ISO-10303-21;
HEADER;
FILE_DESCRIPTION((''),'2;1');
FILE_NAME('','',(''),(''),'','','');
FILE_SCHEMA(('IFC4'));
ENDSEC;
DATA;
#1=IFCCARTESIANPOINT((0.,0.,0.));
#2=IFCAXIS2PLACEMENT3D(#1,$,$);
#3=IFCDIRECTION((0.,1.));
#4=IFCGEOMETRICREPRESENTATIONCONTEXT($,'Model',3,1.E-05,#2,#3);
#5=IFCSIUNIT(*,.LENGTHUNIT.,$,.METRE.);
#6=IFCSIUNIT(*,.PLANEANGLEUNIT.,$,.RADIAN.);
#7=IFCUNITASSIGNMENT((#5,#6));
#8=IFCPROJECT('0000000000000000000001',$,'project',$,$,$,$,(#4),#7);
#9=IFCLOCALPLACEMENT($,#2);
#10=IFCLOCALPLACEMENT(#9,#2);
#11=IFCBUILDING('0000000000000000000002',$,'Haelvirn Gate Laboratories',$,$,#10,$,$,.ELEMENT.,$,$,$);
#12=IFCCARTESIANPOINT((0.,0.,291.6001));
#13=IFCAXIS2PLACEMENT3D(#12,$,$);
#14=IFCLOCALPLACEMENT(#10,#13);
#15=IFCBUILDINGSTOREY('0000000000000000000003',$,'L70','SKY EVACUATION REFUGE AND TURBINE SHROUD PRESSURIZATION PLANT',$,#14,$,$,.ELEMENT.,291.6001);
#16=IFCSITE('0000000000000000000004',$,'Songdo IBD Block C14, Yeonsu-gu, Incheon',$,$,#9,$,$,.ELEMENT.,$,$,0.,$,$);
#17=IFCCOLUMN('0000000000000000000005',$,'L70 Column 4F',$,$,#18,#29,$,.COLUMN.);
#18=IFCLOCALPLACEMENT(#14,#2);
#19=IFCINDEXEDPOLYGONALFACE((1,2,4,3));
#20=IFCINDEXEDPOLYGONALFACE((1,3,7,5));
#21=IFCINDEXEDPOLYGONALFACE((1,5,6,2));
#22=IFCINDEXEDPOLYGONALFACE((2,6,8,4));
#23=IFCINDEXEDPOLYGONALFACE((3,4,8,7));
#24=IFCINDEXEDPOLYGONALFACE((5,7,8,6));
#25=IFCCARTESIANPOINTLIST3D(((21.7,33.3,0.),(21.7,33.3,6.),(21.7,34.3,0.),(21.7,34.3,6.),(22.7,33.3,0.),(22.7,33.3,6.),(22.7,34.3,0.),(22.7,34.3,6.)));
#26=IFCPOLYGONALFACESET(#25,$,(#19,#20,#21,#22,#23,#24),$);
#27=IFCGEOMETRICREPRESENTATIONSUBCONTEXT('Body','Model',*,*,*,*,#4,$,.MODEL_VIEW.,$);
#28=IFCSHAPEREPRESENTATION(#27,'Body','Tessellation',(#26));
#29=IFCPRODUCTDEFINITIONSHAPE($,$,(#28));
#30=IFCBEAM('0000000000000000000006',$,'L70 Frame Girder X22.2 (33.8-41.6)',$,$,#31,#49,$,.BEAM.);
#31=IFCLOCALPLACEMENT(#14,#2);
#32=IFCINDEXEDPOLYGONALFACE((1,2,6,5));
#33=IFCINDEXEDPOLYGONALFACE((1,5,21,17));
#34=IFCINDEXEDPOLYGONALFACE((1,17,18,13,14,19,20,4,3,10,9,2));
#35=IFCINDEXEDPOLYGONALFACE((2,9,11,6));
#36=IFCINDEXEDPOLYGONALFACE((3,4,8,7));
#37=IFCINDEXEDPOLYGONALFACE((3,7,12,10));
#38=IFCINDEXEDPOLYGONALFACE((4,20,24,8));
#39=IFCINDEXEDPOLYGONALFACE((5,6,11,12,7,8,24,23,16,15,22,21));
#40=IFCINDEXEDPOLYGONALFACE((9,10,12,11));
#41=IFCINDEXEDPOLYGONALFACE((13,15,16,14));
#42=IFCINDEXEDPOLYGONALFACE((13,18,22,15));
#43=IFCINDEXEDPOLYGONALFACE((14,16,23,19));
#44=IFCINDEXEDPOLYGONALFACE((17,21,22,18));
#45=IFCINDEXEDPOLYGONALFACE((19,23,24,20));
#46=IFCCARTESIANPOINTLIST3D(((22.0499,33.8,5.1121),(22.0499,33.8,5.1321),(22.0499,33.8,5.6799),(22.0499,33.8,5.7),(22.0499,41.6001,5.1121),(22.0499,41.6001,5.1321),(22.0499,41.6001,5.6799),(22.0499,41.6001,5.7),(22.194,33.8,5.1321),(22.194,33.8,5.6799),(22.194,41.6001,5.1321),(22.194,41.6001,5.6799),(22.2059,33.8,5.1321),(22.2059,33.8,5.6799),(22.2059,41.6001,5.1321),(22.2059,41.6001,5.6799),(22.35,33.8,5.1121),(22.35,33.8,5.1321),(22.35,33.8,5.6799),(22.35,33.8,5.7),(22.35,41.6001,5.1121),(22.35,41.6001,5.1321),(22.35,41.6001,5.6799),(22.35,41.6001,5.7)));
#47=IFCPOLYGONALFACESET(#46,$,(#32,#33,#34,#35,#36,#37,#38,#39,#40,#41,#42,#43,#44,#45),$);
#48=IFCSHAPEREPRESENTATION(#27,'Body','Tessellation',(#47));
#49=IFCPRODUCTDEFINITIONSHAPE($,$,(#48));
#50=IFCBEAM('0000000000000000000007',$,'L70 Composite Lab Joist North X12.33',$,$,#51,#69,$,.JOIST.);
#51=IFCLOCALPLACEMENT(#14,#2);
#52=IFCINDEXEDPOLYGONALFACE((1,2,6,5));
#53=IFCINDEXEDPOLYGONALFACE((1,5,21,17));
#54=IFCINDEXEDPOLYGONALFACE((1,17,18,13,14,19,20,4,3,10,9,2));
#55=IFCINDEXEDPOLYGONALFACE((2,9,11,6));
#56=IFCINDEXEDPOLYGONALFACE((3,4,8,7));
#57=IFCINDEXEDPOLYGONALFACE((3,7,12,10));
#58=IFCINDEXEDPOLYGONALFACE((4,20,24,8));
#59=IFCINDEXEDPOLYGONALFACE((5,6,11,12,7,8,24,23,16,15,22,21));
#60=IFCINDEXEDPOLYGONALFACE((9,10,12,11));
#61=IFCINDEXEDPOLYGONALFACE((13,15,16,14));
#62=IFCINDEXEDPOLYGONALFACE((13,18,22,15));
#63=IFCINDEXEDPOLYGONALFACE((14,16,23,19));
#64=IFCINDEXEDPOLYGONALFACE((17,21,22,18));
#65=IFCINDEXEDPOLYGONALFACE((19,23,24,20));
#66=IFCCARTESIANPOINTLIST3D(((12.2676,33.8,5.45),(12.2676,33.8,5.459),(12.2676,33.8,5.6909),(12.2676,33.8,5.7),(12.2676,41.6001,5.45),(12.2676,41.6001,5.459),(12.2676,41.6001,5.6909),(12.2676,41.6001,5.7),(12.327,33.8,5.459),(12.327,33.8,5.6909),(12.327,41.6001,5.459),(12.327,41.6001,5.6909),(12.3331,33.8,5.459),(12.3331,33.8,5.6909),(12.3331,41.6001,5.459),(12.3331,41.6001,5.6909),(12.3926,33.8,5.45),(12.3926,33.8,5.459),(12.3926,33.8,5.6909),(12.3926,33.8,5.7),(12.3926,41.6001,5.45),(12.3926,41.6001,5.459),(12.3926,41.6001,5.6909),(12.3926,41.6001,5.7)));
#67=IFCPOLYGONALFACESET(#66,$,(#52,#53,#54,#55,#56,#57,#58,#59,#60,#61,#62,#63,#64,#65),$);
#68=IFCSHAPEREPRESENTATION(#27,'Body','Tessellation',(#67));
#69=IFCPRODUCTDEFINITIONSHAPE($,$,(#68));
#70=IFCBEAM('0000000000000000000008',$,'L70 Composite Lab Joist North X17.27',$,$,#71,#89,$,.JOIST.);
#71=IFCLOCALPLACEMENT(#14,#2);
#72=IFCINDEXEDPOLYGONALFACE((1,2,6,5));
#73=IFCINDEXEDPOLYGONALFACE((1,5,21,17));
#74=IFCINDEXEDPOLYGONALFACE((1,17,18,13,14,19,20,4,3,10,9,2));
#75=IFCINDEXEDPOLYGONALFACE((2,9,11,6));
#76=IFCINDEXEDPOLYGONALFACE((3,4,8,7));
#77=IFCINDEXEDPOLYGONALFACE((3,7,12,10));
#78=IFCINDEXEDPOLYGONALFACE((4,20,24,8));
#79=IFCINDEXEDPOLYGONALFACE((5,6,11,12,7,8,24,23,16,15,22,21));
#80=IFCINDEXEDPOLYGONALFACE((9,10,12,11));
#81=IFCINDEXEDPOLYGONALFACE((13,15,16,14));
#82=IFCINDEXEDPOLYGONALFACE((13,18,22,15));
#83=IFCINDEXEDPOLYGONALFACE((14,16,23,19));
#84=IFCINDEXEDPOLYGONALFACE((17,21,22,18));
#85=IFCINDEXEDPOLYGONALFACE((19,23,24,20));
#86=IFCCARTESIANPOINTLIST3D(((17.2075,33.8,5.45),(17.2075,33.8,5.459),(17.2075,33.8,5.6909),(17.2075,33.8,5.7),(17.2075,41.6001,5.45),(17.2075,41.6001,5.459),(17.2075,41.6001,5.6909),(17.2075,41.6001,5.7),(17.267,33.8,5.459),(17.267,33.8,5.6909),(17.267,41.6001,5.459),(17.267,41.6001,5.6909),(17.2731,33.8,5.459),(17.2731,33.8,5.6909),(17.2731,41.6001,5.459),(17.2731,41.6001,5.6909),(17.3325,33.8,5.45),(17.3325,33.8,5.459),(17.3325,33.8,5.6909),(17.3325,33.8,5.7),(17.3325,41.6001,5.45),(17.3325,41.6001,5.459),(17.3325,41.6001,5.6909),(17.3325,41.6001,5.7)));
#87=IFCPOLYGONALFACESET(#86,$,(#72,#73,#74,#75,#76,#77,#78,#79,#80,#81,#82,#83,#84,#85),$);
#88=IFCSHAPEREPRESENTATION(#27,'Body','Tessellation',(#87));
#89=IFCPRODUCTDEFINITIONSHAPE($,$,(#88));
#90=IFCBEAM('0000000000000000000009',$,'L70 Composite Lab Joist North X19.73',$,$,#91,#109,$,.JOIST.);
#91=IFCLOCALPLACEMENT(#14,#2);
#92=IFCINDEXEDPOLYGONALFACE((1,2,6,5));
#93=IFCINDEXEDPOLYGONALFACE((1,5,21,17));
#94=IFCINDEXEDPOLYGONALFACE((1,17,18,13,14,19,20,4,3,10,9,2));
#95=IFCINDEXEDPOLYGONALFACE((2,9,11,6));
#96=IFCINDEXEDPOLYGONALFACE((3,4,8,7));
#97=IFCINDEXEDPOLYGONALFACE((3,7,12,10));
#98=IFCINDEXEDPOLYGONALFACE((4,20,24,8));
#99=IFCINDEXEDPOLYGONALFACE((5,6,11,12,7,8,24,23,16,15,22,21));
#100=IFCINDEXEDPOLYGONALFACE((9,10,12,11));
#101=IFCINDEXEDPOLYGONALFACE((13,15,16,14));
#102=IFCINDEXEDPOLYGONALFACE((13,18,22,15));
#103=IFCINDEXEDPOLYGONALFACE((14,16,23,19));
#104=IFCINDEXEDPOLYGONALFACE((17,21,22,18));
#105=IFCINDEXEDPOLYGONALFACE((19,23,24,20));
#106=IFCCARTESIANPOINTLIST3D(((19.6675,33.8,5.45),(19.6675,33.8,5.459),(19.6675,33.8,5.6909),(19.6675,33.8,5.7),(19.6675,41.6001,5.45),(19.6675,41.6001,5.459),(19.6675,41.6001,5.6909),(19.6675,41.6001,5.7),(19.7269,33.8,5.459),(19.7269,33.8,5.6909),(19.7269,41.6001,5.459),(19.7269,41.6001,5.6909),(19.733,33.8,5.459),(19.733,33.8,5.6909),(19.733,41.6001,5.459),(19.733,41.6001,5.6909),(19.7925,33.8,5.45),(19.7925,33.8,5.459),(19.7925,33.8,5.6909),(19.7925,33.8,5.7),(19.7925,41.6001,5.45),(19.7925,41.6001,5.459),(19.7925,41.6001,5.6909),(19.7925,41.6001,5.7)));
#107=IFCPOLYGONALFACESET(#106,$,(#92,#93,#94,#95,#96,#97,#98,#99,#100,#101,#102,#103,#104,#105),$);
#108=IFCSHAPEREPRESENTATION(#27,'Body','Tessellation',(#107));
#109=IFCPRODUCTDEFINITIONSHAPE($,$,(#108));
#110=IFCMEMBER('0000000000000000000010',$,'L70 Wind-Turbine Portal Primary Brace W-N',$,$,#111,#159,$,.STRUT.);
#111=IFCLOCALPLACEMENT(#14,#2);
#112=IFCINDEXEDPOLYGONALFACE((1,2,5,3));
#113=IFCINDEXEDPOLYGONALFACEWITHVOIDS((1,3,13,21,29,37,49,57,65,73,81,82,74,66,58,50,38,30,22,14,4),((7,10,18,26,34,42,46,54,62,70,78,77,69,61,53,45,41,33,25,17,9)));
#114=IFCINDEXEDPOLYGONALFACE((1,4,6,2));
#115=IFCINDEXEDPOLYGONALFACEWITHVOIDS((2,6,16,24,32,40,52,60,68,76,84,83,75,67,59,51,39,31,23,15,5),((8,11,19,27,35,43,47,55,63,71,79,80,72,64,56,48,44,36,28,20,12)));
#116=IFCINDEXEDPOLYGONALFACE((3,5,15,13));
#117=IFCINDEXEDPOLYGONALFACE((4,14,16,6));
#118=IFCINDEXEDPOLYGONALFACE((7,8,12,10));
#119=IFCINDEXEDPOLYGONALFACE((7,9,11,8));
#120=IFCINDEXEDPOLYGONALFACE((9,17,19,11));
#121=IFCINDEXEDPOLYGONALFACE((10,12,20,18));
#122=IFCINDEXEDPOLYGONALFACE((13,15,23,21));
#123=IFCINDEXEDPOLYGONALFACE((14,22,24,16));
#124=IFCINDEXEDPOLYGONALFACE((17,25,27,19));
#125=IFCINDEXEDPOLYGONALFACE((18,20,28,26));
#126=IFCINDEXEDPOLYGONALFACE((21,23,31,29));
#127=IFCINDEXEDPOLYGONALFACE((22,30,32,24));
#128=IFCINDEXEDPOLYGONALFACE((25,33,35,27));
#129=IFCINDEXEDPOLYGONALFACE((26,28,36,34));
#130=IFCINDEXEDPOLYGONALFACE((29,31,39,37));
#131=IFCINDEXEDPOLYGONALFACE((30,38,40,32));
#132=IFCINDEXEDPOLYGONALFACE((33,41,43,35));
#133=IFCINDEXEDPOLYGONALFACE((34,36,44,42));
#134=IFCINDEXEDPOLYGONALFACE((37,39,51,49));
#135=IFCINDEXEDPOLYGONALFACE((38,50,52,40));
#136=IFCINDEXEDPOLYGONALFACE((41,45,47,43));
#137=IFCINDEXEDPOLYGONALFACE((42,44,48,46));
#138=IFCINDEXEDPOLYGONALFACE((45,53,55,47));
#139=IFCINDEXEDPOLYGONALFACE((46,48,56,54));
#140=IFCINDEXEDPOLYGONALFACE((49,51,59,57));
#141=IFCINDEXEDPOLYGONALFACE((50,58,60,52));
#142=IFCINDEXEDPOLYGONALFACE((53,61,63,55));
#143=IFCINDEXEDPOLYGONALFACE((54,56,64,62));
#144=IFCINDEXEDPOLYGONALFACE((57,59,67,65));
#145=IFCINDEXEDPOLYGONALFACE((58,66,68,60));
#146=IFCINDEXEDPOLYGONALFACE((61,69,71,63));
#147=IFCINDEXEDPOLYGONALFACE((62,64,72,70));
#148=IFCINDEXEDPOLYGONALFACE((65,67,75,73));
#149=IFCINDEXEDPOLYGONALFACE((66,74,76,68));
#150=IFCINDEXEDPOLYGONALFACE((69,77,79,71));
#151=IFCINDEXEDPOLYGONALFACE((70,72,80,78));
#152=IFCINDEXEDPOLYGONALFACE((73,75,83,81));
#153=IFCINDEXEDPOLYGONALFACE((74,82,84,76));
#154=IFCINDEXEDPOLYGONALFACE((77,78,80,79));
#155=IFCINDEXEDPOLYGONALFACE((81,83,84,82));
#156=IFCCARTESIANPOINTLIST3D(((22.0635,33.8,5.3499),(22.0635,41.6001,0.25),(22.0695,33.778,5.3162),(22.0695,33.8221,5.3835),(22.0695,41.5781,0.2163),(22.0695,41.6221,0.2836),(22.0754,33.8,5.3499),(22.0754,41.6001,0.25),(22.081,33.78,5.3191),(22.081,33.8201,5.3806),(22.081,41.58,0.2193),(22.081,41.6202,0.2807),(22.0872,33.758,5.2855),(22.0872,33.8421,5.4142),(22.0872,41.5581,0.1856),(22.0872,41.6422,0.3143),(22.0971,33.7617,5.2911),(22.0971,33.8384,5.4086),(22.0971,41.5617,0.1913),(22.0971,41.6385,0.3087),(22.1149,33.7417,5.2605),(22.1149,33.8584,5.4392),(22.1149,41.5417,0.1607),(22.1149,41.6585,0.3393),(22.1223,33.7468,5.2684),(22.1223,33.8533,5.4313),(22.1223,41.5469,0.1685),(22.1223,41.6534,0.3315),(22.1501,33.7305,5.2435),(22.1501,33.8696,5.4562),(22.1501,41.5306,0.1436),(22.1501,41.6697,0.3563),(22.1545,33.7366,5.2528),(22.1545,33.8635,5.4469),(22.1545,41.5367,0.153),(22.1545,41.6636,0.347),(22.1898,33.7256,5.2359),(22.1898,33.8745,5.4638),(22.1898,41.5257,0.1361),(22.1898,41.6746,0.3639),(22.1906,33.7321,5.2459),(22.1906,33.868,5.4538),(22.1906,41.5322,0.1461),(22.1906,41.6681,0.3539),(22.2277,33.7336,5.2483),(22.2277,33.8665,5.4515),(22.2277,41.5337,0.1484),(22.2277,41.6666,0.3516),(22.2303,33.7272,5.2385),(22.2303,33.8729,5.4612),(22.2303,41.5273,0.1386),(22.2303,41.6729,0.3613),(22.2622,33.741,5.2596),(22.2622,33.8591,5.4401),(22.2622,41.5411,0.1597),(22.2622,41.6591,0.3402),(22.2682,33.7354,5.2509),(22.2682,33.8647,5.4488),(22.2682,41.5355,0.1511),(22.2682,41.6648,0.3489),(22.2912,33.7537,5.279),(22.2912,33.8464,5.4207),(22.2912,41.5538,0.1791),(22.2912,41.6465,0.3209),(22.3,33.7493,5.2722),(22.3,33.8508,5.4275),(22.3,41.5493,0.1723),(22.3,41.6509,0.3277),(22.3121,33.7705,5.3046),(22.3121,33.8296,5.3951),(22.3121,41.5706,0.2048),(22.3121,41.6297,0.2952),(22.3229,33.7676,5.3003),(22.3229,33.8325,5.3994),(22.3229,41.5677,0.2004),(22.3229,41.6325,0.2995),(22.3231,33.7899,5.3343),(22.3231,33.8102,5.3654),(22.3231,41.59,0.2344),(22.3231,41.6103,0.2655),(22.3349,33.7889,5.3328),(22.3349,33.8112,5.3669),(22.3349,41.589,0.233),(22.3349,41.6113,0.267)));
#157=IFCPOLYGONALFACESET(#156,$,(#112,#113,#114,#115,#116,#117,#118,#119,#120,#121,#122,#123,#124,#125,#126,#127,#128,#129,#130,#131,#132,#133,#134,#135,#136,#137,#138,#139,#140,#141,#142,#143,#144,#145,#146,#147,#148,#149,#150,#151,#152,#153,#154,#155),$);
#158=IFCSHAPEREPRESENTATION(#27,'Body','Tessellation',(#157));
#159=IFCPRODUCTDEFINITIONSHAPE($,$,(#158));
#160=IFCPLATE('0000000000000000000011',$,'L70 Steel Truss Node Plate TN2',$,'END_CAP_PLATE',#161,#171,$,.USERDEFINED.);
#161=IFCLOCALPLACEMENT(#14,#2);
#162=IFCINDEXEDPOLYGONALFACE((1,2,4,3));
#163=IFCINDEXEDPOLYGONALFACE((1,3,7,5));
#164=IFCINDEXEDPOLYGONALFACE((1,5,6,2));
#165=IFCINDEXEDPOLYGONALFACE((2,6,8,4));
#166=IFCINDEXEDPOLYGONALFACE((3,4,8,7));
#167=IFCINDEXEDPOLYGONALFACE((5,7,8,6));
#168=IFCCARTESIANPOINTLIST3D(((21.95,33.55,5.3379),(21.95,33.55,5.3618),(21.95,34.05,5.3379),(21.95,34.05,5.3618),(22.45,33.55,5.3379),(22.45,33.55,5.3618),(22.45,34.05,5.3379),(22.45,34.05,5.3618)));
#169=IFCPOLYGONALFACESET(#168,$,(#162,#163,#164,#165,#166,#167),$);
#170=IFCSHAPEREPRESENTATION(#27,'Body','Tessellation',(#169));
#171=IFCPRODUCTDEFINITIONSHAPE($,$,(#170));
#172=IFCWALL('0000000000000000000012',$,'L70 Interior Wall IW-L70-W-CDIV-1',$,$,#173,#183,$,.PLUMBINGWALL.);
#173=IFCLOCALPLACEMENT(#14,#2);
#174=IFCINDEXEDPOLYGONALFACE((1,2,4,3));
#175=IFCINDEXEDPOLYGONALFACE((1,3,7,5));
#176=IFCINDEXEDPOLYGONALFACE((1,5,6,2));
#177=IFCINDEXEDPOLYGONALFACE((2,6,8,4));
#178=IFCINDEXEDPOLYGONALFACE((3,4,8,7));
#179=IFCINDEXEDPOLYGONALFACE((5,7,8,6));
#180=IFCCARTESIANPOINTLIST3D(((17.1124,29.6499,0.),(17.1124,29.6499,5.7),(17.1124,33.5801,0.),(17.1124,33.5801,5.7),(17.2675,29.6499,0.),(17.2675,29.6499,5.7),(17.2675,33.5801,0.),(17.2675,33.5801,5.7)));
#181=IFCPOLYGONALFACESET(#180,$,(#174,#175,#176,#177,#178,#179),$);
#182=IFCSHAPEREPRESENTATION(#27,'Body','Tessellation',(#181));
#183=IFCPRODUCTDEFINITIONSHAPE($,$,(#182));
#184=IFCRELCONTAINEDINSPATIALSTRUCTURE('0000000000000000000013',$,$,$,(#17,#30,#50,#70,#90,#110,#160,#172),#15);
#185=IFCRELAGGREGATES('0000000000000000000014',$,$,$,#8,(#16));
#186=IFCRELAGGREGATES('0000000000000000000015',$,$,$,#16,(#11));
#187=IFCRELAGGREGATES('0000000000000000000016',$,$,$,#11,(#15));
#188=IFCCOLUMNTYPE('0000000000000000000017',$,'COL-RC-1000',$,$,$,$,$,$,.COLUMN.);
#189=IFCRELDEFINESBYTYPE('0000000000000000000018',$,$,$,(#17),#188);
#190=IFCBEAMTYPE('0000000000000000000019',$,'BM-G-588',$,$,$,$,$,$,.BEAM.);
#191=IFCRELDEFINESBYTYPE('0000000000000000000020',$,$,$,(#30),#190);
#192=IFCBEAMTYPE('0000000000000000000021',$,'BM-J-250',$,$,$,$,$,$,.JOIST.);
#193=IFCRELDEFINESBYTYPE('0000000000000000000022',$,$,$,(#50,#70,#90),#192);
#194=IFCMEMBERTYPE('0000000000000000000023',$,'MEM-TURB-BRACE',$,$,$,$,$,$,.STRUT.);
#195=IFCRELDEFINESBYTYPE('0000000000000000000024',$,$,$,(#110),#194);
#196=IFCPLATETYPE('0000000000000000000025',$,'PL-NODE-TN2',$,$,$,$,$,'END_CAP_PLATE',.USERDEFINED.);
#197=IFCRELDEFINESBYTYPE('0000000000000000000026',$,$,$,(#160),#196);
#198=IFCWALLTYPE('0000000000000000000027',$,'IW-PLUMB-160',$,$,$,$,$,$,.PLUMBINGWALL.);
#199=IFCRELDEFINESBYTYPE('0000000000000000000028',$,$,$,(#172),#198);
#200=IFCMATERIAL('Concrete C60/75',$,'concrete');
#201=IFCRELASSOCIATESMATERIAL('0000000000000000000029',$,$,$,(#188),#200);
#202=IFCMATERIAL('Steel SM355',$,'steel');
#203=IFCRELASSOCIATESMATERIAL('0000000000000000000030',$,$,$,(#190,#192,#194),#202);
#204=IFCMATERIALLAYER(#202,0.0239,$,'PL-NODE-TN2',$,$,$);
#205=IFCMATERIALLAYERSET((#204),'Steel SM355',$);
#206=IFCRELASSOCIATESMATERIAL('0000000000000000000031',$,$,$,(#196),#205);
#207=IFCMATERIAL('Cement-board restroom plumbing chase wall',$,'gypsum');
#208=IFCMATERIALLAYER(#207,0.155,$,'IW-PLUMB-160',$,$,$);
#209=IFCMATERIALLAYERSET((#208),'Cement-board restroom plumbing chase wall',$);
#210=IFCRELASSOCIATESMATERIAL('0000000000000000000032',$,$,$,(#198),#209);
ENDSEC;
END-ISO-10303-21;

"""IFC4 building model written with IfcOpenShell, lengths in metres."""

from ifc_helpers import new_model, si_unit, direction, frame, frame_2d, origin, origin_2d, place, context, subcontext, project, spatial, rectangle, hollow_circle, i_section, extrude, source, transform, mapped, material, layer, layer_set, material_profile, profile_set, type_object, type_shapes, element, save


model = new_model("IFC4")

# Units and contexts
model_context = context("Model", 3, precision=1e-05, world=origin(), true_north=direction((0.0, 1.0)))
body_context = subcontext(model_context, "Body", "Model", "MODEL_VIEW")
ifc_project = project(units=[si_unit("LENGTHUNIT", "METRE"), si_unit("PLANEANGLEUNIT", "RADIAN")], contexts=[model_context])

# Site, building, storey
site_placement = place(None, origin())
site = spatial("IfcSite", under=ifc_project, at=site_placement, Name="Songdo IBD Block C14, Yeonsu-gu, Incheon", CompositionType="ELEMENT", RefElevation=0.0)
building_placement = place(site_placement, origin())
building = spatial("IfcBuilding", under=site, at=building_placement, Name="Haelvirn Gate Laboratories", CompositionType="ELEMENT")
storey_placement = place(building_placement, frame((0.0, 0.0, 291.6001)))
storey = spatial("IfcBuildingStorey", under=building, at=storey_placement, Name="L70", Description="SKY EVACUATION REFUGE AND TURBINE SHROUD PRESSURIZATION PLANT", CompositionType="ELEMENT", Elevation=291.6001)

# Column
ifc_material_1 = material(Name="Concrete C60/75", Category="concrete")
ifc_material_profile_1 = material_profile(ifc_material_1, rectangle(XDim=1.0, YDim=1.0, at=origin_2d()), Name="RC-1000x1000")
ifc_profile_set_1 = profile_set([ifc_material_profile_1], Name="Concrete C60/75")
column_type = type_object("IfcColumnType", Name="COL-RC-1000", PredefinedType="COLUMN", material=ifc_profile_set_1)
shared_shape_1 = source(origin(), body_context, "Body", "SweptSolid", [
    extrude(rectangle(XDim=1.0, YDim=1.0, at=origin_2d()), origin(), (0.0, 0.0, 1.0), 6.0),
])
type_shapes(column_type, [shared_shape_1])
column_placement = place(storey_placement, frame((22.2, 33.8, 0.0), z_axis=(0.0, 0.0, 1.0), x_axis=(1.0, 0.0, 0.0)))
element("IfcColumn", 1, at=column_placement, inside=storey, type_object=column_type, Name="L70 Column 4F", PredefinedType="COLUMN", context=body_context, shape_type="MappedRepresentation", body=[
    mapped(shared_shape_1, transform((0.0, 0.0, 0.0), scale=1.0)),
])

# Beams
ifc_material_2 = material(Name="Steel SM355", Category="steel")
ifc_material_profile_2 = material_profile(ifc_material_2, i_section(OverallWidth=0.3, OverallDepth=0.5879, WebThickness=0.012, FlangeThickness=0.02, at=origin_2d()), Name="H-588x300x12x20")
ifc_profile_set_2 = profile_set([ifc_material_profile_2], Name="Steel SM355")
beam_type_1 = type_object("IfcBeamType", Name="BM-G-588", PredefinedType="BEAM", material=ifc_profile_set_2)
shared_shape_2 = source(origin(), body_context, "Body", "SweptSolid", [
    extrude(i_section(OverallWidth=0.3, OverallDepth=0.5879, WebThickness=0.012, FlangeThickness=0.02, at=origin_2d()), origin(), (0.0, 0.0, 1.0), 7.8),
])
type_shapes(beam_type_1, [shared_shape_2])
beam_placement = place(storey_placement, frame((22.2, 33.8, 5.406), z_axis=(0.0, 1.0, 0.0), x_axis=(-1.0, 0.0, 0.0)))
element("IfcBeam", 2, at=beam_placement, inside=storey, type_object=beam_type_1, Name="L70 Frame Girder X22.2 (33.8-41.6)", PredefinedType="BEAM", context=body_context, shape_type="MappedRepresentation", body=[
    mapped(shared_shape_2, transform((0.0, 0.0, 0.0), scale=1.0)),
])
ifc_material_profile_3 = material_profile(ifc_material_2, i_section(OverallWidth=0.125, OverallDepth=0.25, WebThickness=0.0061, FlangeThickness=0.009, at=origin_2d()), Name="H-250x125x6x9")
ifc_profile_set_3 = profile_set([ifc_material_profile_3], Name="Steel SM355")
beam_type_2 = type_object("IfcBeamType", Name="BM-J-250", PredefinedType="JOIST", material=ifc_profile_set_3)
shared_shape_3 = source(origin(), body_context, "Body", "SweptSolid", [
    extrude(i_section(OverallWidth=0.125, OverallDepth=0.25, WebThickness=0.0061, FlangeThickness=0.009, at=origin_2d()), origin(), (0.0, 0.0, 1.0), 7.8),
])
type_shapes(beam_type_2, [shared_shape_3])
for number, where, z_axis, x_axis, name in (
    (3, (12.3301, 33.8, 5.575), (0.0, 1.0, 0.0), (-1.0, 0.0, 0.0), "L70 Composite Lab Joist North X12.33"),
    (4, (17.27, 33.8, 5.575), (0.0, 1.0, 0.0), (-1.0, 0.0, 0.0), "L70 Composite Lab Joist North X17.27"),
    (5, (19.73, 33.8, 5.575), (0.0, 1.0, 0.0), (-1.0, 0.0, 0.0), "L70 Composite Lab Joist North X19.73"),
):
    element("IfcBeam", number, at=place(storey_placement, frame(where, z_axis=z_axis, x_axis=x_axis)), inside=storey, type_object=beam_type_2, Name=name, PredefinedType="JOIST", context=body_context, shape_type="MappedRepresentation", body=[
        mapped(shared_shape_3, transform((0.0, 0.0, 0.0), scale=1.0)),
    ])

# Member
ifc_material_profile_4 = material_profile(ifc_material_2, hollow_circle(Radius=0.1365, WallThickness=0.012, at=origin_2d()), Name="CHS-273x12")
ifc_profile_set_4 = profile_set([ifc_material_profile_4], Name="Steel SM355")
member_type = type_object("IfcMemberType", Name="MEM-TURB-BRACE", PredefinedType="STRUT", material=ifc_profile_set_4)
shared_shape_4 = source(origin(), body_context, "Body", "SweptSolid", [
    extrude(hollow_circle(Radius=0.1365, WallThickness=0.012, at=origin_2d()), origin(), (0.0, 0.0, 1.0), 9.3193),
])
type_shapes(member_type, [shared_shape_4])
member_placement = place(storey_placement, frame((22.2, 33.8, 5.3499), z_axis=(0.0, 0.836978, -0.547236), x_axis=(-1.0, 0.0, 0.0)))
element("IfcMember", 6, at=member_placement, inside=storey, type_object=member_type, Name="L70 Wind-Turbine Portal Primary Brace W-N", PredefinedType="STRUT", context=body_context, shape_type="MappedRepresentation", body=[
    mapped(shared_shape_4, transform((0.0, 0.0, 0.0), scale=1.0)),
])

# Plate
ifc_layer_1 = layer(ifc_material_2, 0.0239, Name="PL-NODE-TN2")
ifc_layer_set_1 = layer_set([ifc_layer_1], Name="Steel SM355")
plate_type = type_object("IfcPlateType", Name="PL-NODE-TN2", ElementType="END_CAP_PLATE", PredefinedType="USERDEFINED", material=ifc_layer_set_1)
shared_shape_5 = source(origin(), body_context, "Body", "SweptSolid", [
    extrude(rectangle(XDim=0.5, YDim=0.5, at=origin_2d()), origin(), (0.0, 0.0, 1.0), 0.0239),
])
type_shapes(plate_type, [shared_shape_5])
plate_placement = place(storey_placement, frame((22.2, 33.8, 5.3379), z_axis=(0.0, 0.0, 1.0), x_axis=(1.0, 0.0, 0.0)))
element("IfcPlate", 7, at=plate_placement, inside=storey, type_object=plate_type, Name="L70 Steel Truss Node Plate TN2", ObjectType="END_CAP_PLATE", PredefinedType="USERDEFINED", context=body_context, shape_type="MappedRepresentation", body=[
    mapped(shared_shape_5, transform((0.0, 0.0, 0.0), scale=1.0)),
])

# Wall
ifc_material_3 = material(Name="Cement-board restroom plumbing chase wall", Category="gypsum")
ifc_layer_2 = layer(ifc_material_3, 0.155, Name="IW-PLUMB-160")
ifc_layer_set_2 = layer_set([ifc_layer_2], Name="Cement-board restroom plumbing chase wall")
wall_type_1 = type_object("IfcWallType", Name="IW-PLUMB-160", PredefinedType="PLUMBINGWALL", material=ifc_layer_set_2)
wall_1_placement = place(storey_placement, frame((17.1899, 29.6499, 0.0), z_axis=(0.0, 0.0, 1.0), x_axis=(0.0, 1.0, 0.0)))
element("IfcWall", 8, at=wall_1_placement, inside=storey, type_object=wall_type_1, Name="L70 Interior Wall IW-L70-W-CDIV-1", PredefinedType="PLUMBINGWALL", context=body_context, shape_type="SweptSolid", body=[
    extrude(rectangle(XDim=3.9302, YDim=0.155, at=frame_2d((1.9651, 0.0))), origin(), (0.0, 0.0, 1.0), 5.7),
])

save(model, "model.ifc")
